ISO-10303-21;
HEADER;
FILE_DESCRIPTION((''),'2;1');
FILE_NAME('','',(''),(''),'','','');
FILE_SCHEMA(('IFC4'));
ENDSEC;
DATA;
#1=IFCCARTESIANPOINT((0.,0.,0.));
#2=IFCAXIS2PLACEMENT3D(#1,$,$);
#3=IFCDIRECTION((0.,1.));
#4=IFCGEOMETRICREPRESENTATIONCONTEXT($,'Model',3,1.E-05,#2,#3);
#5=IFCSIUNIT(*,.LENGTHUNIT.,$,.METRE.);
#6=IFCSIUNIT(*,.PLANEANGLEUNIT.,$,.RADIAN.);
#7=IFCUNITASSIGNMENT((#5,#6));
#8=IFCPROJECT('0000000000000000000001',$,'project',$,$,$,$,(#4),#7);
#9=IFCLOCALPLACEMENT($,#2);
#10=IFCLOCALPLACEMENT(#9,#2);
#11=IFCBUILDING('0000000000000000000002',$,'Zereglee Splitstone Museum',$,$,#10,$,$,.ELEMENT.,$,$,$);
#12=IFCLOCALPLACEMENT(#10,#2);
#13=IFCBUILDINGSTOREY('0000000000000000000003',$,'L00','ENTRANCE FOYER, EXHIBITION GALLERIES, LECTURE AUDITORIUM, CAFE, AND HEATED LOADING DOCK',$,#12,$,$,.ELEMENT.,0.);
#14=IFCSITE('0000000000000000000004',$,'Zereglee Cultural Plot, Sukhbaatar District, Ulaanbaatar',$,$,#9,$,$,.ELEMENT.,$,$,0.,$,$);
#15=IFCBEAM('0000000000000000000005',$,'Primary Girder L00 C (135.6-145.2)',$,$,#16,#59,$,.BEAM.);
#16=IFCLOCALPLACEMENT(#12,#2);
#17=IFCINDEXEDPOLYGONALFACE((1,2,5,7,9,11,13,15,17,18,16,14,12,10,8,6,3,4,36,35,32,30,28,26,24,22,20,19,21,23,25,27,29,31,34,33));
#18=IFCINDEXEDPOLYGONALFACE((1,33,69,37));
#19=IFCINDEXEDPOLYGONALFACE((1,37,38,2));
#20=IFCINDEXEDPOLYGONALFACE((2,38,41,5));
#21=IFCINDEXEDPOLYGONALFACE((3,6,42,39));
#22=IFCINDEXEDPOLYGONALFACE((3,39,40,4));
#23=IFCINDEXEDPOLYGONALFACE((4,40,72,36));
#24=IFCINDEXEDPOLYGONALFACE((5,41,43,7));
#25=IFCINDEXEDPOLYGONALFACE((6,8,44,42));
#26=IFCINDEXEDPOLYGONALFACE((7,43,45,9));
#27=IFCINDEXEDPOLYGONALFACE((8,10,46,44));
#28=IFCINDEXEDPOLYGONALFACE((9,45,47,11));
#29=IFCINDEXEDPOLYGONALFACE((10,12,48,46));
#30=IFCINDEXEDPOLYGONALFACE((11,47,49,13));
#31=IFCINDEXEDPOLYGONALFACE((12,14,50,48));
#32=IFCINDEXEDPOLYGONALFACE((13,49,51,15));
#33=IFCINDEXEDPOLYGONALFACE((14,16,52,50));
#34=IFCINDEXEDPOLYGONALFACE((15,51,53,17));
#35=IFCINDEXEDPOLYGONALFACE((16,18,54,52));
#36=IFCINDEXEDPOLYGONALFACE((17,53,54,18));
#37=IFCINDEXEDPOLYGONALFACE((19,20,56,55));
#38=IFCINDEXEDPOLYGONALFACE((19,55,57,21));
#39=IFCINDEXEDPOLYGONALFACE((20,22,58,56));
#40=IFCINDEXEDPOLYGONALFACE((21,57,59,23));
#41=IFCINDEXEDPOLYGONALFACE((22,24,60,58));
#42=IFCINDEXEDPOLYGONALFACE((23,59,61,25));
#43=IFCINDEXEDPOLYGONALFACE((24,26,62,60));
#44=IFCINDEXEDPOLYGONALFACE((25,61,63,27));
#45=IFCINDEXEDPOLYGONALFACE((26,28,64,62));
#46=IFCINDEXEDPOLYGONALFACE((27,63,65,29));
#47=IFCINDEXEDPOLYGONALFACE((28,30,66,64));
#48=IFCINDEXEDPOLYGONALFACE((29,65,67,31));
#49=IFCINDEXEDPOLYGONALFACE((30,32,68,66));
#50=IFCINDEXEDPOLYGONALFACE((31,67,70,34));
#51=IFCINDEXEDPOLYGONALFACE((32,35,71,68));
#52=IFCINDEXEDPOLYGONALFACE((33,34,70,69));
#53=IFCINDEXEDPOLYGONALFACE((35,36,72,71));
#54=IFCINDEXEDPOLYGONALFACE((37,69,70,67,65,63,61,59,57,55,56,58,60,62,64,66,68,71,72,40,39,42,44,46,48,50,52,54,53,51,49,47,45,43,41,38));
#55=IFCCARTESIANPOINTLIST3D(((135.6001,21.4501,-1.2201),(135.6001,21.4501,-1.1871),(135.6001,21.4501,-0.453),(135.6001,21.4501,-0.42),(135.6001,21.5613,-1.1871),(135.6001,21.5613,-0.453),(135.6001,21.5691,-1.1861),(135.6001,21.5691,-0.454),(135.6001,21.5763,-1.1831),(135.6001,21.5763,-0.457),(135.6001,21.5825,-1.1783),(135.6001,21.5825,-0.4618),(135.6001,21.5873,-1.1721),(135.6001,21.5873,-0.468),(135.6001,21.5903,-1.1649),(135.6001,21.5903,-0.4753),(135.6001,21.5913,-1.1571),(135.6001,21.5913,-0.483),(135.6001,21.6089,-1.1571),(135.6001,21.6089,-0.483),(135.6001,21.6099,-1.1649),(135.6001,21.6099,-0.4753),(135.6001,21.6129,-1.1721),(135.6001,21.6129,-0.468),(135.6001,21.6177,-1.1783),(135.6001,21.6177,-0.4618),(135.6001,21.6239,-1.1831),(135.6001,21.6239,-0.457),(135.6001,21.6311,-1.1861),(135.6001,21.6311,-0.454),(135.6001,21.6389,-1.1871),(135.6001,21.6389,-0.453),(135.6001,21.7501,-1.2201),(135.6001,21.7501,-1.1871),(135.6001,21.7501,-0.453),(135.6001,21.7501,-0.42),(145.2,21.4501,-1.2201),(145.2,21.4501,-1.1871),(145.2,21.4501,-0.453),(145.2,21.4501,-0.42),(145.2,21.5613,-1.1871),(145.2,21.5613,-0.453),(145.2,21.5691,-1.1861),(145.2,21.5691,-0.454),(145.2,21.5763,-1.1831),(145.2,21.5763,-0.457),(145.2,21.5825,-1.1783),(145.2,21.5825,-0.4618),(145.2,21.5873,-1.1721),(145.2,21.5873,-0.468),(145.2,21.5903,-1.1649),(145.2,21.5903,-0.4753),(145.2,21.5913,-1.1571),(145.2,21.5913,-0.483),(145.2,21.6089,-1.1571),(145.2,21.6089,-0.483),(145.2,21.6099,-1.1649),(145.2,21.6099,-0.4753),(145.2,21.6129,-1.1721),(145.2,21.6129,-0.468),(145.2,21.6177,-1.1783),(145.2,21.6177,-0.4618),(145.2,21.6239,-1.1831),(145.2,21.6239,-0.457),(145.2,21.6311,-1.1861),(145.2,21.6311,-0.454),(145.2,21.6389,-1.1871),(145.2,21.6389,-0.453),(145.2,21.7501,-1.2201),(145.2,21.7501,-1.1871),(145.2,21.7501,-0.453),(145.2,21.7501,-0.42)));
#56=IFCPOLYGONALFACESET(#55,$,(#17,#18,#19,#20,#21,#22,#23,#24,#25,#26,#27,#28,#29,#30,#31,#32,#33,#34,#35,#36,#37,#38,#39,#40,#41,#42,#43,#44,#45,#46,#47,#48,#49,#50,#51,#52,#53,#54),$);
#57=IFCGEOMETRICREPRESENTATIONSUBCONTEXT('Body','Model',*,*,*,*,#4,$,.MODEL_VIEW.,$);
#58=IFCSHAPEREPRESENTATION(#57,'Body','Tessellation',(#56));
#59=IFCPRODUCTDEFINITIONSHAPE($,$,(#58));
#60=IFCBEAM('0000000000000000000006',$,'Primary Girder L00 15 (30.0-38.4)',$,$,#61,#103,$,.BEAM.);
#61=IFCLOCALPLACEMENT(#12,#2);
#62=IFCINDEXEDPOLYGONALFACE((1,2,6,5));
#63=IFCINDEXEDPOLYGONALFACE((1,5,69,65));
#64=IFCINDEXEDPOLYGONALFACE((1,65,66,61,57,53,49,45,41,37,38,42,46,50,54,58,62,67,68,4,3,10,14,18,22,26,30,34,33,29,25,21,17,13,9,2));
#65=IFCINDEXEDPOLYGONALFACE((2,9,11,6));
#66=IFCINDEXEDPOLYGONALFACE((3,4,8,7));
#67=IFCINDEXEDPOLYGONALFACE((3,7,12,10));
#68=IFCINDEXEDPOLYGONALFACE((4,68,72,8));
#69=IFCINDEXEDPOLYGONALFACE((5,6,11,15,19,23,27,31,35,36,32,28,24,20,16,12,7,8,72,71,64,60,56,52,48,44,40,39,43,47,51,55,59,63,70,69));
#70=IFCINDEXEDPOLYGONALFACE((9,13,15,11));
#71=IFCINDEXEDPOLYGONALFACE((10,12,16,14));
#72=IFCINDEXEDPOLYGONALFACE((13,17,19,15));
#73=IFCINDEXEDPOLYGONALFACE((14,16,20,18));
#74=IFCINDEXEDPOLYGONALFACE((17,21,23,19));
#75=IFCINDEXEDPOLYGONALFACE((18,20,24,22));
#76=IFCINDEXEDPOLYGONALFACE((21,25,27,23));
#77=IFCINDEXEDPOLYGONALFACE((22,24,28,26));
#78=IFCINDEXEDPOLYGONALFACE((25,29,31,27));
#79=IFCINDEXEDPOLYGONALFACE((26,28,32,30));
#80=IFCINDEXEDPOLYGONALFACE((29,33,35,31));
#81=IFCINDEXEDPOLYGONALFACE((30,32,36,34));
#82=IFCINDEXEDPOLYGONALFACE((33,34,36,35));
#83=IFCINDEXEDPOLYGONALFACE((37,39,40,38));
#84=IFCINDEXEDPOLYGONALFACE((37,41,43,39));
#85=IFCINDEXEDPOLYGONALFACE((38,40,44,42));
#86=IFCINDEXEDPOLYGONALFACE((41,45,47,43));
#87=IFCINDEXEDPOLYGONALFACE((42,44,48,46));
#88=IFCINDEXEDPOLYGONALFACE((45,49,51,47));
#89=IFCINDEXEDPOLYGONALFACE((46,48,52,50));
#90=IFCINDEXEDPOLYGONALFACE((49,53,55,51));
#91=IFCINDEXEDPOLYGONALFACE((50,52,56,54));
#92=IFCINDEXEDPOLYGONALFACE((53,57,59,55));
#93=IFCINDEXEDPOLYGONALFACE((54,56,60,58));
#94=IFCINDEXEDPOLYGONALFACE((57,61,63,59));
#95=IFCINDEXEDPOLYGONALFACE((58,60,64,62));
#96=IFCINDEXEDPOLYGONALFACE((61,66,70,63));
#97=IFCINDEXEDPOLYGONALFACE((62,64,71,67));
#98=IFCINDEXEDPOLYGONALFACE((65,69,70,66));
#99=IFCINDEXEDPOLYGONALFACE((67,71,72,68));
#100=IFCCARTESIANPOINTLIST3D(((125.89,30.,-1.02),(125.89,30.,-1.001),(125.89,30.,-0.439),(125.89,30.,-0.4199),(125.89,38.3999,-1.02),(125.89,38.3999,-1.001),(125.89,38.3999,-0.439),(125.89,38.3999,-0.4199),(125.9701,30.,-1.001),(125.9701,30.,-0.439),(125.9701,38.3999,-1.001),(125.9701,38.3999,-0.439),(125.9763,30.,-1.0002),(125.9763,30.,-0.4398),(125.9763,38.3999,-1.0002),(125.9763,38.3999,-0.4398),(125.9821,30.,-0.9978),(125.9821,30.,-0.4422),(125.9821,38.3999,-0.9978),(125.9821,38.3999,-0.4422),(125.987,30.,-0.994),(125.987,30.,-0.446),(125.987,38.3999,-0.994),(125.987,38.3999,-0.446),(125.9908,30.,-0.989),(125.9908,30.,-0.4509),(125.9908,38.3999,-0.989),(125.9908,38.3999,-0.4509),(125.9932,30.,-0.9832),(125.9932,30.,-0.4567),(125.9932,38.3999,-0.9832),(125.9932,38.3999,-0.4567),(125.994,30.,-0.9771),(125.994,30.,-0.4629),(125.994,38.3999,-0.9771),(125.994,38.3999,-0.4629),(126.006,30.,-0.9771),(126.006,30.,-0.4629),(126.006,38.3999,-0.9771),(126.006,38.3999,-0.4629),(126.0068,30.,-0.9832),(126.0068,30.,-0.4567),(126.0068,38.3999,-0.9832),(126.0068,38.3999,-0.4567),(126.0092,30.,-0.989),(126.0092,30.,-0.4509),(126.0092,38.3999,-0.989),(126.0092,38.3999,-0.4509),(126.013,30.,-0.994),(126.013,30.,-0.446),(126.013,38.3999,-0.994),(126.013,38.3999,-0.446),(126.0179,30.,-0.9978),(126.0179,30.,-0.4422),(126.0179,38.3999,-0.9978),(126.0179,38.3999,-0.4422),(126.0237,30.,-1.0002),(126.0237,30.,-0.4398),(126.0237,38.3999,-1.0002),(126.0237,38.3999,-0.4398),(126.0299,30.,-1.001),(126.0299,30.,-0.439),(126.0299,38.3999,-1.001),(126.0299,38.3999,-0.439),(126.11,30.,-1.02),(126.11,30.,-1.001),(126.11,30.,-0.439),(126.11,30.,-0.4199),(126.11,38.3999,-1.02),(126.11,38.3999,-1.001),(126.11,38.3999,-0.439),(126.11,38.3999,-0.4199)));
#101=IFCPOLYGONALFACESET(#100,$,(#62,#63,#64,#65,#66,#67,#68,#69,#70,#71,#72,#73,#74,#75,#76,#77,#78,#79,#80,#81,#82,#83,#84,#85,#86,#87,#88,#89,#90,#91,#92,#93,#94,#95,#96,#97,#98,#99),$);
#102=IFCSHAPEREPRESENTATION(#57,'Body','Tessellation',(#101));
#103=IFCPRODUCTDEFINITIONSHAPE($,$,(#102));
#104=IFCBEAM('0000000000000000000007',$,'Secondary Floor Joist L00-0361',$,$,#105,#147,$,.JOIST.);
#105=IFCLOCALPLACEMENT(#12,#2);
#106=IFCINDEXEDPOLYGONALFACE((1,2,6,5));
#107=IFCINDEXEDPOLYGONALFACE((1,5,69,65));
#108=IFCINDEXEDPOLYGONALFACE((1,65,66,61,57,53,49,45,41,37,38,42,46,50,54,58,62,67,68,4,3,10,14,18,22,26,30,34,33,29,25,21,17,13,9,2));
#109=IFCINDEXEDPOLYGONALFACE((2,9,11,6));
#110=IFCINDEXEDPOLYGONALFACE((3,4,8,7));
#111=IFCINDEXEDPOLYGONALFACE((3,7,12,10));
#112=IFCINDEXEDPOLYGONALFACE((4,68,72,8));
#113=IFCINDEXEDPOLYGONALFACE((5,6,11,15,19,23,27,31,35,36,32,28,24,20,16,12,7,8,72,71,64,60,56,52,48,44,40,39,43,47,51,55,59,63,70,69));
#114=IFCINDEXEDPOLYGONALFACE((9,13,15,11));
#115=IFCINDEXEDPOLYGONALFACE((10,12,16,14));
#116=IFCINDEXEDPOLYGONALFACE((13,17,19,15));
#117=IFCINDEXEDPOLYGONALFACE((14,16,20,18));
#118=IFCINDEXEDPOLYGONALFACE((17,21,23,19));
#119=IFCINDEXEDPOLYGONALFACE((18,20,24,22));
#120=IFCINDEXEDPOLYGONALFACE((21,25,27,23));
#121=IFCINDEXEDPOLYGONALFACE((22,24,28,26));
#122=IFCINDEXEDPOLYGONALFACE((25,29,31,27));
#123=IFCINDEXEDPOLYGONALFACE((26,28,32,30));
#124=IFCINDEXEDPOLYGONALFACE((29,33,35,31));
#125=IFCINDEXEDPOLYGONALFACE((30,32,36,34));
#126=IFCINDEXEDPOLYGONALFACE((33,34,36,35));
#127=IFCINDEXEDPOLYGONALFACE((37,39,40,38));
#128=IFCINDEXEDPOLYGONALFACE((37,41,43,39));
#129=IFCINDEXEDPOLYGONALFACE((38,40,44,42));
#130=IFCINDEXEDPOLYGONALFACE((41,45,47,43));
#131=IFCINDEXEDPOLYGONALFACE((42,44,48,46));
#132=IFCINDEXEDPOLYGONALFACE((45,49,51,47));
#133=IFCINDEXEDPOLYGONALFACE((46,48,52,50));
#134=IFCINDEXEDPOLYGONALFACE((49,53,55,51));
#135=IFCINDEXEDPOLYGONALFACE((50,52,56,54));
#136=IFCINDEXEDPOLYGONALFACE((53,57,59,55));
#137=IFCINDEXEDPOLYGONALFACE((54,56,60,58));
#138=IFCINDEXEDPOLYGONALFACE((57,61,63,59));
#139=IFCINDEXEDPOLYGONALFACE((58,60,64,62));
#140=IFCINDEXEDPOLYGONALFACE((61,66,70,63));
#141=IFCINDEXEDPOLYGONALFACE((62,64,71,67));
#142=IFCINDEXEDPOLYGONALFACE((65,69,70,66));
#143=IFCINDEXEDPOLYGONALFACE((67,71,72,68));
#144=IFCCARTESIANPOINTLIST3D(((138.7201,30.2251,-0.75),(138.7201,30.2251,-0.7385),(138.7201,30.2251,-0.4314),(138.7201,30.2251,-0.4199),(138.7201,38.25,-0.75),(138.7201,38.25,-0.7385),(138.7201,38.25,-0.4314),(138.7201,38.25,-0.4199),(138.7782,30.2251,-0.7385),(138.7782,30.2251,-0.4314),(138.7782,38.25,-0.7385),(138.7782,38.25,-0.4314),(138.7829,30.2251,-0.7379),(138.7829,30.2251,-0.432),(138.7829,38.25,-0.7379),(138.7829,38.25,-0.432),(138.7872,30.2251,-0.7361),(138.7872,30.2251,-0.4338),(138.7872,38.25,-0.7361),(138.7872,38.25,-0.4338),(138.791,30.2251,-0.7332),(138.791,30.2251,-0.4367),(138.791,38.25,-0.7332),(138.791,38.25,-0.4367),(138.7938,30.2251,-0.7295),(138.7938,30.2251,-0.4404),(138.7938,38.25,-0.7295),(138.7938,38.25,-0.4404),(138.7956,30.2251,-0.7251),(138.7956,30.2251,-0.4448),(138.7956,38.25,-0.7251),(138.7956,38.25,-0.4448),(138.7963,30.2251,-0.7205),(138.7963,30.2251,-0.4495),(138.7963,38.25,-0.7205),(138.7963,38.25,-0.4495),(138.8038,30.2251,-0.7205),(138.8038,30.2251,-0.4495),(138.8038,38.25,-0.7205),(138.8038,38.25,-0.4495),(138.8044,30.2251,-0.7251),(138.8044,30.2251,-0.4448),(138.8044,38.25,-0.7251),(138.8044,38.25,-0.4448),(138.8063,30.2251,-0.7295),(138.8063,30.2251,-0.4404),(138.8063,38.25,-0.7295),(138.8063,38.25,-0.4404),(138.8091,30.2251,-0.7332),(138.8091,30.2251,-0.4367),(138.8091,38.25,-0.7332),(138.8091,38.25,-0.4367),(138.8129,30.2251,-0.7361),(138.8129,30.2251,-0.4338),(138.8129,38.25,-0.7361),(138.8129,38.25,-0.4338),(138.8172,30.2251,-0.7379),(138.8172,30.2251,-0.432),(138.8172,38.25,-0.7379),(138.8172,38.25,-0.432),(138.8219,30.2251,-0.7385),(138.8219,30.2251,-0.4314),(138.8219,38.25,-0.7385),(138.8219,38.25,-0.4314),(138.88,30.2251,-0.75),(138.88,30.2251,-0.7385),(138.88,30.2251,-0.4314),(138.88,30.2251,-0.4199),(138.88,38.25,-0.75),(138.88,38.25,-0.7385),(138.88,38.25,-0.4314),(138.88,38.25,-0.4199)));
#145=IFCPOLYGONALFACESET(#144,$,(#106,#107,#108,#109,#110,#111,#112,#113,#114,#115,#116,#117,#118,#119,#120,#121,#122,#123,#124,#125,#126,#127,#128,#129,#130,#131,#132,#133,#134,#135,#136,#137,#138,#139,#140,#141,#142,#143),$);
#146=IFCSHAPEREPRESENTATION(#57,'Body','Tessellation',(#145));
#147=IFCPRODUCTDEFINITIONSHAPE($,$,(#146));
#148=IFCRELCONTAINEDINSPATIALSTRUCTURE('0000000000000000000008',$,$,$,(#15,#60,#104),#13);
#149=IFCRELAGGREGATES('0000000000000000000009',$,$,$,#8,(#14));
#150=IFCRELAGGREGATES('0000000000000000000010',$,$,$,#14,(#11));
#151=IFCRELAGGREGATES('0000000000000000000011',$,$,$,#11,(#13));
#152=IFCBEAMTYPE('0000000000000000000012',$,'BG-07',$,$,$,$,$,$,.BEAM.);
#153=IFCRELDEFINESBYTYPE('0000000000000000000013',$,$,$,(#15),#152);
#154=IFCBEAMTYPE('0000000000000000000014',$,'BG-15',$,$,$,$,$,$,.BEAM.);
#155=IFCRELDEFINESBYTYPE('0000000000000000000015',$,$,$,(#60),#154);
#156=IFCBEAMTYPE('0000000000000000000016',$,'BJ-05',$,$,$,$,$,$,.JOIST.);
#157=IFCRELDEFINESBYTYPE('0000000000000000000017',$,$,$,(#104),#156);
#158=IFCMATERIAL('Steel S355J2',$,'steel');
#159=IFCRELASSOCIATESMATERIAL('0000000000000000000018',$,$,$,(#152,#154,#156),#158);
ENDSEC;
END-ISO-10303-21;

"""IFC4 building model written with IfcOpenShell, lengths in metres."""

from ifc_helpers import new_model, si_unit, direction, frame, origin, origin_2d, place, context, subcontext, project, spatial, i_section, extrude, material, material_profile, profile_set, type_object, element, save


model = new_model("IFC4")

# Units and contexts
model_context = context("Model", 3, precision=1e-05, world=origin(), true_north=direction((0.0, 1.0)))
body_context = subcontext(model_context, "Body", "Model", "MODEL_VIEW")
ifc_project = project(units=[si_unit("LENGTHUNIT", "METRE"), si_unit("PLANEANGLEUNIT", "RADIAN")], contexts=[model_context])

# Site, building, storey
site_placement = place(None, origin())
site = spatial("IfcSite", under=ifc_project, at=site_placement, Name="Zereglee Cultural Plot, Sukhbaatar District, Ulaanbaatar", CompositionType="ELEMENT", RefElevation=0.0)
building_placement = place(site_placement, origin())
building = spatial("IfcBuilding", under=site, at=building_placement, Name="Zereglee Splitstone Museum", CompositionType="ELEMENT")
storey_placement = place(building_placement, origin())
storey = spatial("IfcBuildingStorey", under=building, at=storey_placement, Name="L00", Description="ENTRANCE FOYER, EXHIBITION GALLERIES, LECTURE AUDITORIUM, CAFE, AND HEATED LOADING DOCK", CompositionType="ELEMENT", Elevation=0.0)

# Beams
ifc_material_1 = material(Name="Steel S355J2", Category="steel")
ifc_material_profile_1 = material_profile(ifc_material_1, i_section(OverallWidth=0.3, OverallDepth=0.8, WebThickness=0.0176, FlangeThickness=0.033, FilletRadius=0.03, at=origin_2d()), Name="HE 800 B")
ifc_profile_set_1 = profile_set([ifc_material_profile_1], Name="Steel S355J2")
beam_type_1 = type_object("IfcBeamType", Name="BG-07", PredefinedType="BEAM", material=ifc_profile_set_1)
beam_1_placement = place(storey_placement, frame((135.6001, 21.6001, -0.8201), z_axis=(1.0, 0.0, 0.0), x_axis=(0.0, 1.0, 0.0)))
element("IfcBeam", 1, at=beam_1_placement, inside=storey, type_object=beam_type_1, Name="Primary Girder L00 C (135.6-145.2)", PredefinedType="BEAM", context=body_context, shape_type="SweptSolid", body=[
    extrude(i_section(OverallWidth=0.3, OverallDepth=0.8, WebThickness=0.0176, FlangeThickness=0.033, FilletRadius=0.03, at=origin_2d()), origin(), (0.0, 0.0, 1.0), 9.5999),
])
ifc_material_profile_2 = material_profile(ifc_material_1, i_section(OverallWidth=0.22, OverallDepth=0.6001, WebThickness=0.012, FlangeThickness=0.019, FilletRadius=0.0239, at=origin_2d()), Name="IPE 600")
ifc_profile_set_2 = profile_set([ifc_material_profile_2], Name="Steel S355J2")
beam_type_2 = type_object("IfcBeamType", Name="BG-15", PredefinedType="BEAM", material=ifc_profile_set_2)
beam_2_placement = place(storey_placement, frame((126.0, 30.0, -0.72), z_axis=(0.0, 1.0, 0.0), x_axis=(-1.0, 0.0, 0.0)))
element("IfcBeam", 2, at=beam_2_placement, inside=storey, type_object=beam_type_2, Name="Primary Girder L00 15 (30.0-38.4)", PredefinedType="BEAM", context=body_context, shape_type="SweptSolid", body=[
    extrude(i_section(OverallWidth=0.22, OverallDepth=0.6001, WebThickness=0.012, FlangeThickness=0.019, FilletRadius=0.0239, at=origin_2d()), origin(), (0.0, 0.0, 1.0), 8.3999),
])
ifc_material_profile_3 = material_profile(ifc_material_1, i_section(OverallWidth=0.1599, OverallDepth=0.3301, WebThickness=0.0076, FlangeThickness=0.0115, FilletRadius=0.0181, at=origin_2d()), Name="IPE 330")
ifc_profile_set_3 = profile_set([ifc_material_profile_3], Name="Steel S355J2")
beam_type_3 = type_object("IfcBeamType", Name="BJ-05", PredefinedType="JOIST", material=ifc_profile_set_3)
beam_3_placement = place(storey_placement, frame((138.8, 30.2251, -0.585), z_axis=(0.0, 1.0, 0.0), x_axis=(-1.0, 0.0, 0.0)))
element("IfcBeam", 3, at=beam_3_placement, inside=storey, type_object=beam_type_3, Name="Secondary Floor Joist L00-0361", PredefinedType="JOIST", context=body_context, shape_type="SweptSolid", body=[
    extrude(i_section(OverallWidth=0.1599, OverallDepth=0.3301, WebThickness=0.0076, FlangeThickness=0.0115, FilletRadius=0.0181, at=origin_2d()), origin(), (0.0, 0.0, 1.0), 8.0249),
])

save(model, "model.ifc")
